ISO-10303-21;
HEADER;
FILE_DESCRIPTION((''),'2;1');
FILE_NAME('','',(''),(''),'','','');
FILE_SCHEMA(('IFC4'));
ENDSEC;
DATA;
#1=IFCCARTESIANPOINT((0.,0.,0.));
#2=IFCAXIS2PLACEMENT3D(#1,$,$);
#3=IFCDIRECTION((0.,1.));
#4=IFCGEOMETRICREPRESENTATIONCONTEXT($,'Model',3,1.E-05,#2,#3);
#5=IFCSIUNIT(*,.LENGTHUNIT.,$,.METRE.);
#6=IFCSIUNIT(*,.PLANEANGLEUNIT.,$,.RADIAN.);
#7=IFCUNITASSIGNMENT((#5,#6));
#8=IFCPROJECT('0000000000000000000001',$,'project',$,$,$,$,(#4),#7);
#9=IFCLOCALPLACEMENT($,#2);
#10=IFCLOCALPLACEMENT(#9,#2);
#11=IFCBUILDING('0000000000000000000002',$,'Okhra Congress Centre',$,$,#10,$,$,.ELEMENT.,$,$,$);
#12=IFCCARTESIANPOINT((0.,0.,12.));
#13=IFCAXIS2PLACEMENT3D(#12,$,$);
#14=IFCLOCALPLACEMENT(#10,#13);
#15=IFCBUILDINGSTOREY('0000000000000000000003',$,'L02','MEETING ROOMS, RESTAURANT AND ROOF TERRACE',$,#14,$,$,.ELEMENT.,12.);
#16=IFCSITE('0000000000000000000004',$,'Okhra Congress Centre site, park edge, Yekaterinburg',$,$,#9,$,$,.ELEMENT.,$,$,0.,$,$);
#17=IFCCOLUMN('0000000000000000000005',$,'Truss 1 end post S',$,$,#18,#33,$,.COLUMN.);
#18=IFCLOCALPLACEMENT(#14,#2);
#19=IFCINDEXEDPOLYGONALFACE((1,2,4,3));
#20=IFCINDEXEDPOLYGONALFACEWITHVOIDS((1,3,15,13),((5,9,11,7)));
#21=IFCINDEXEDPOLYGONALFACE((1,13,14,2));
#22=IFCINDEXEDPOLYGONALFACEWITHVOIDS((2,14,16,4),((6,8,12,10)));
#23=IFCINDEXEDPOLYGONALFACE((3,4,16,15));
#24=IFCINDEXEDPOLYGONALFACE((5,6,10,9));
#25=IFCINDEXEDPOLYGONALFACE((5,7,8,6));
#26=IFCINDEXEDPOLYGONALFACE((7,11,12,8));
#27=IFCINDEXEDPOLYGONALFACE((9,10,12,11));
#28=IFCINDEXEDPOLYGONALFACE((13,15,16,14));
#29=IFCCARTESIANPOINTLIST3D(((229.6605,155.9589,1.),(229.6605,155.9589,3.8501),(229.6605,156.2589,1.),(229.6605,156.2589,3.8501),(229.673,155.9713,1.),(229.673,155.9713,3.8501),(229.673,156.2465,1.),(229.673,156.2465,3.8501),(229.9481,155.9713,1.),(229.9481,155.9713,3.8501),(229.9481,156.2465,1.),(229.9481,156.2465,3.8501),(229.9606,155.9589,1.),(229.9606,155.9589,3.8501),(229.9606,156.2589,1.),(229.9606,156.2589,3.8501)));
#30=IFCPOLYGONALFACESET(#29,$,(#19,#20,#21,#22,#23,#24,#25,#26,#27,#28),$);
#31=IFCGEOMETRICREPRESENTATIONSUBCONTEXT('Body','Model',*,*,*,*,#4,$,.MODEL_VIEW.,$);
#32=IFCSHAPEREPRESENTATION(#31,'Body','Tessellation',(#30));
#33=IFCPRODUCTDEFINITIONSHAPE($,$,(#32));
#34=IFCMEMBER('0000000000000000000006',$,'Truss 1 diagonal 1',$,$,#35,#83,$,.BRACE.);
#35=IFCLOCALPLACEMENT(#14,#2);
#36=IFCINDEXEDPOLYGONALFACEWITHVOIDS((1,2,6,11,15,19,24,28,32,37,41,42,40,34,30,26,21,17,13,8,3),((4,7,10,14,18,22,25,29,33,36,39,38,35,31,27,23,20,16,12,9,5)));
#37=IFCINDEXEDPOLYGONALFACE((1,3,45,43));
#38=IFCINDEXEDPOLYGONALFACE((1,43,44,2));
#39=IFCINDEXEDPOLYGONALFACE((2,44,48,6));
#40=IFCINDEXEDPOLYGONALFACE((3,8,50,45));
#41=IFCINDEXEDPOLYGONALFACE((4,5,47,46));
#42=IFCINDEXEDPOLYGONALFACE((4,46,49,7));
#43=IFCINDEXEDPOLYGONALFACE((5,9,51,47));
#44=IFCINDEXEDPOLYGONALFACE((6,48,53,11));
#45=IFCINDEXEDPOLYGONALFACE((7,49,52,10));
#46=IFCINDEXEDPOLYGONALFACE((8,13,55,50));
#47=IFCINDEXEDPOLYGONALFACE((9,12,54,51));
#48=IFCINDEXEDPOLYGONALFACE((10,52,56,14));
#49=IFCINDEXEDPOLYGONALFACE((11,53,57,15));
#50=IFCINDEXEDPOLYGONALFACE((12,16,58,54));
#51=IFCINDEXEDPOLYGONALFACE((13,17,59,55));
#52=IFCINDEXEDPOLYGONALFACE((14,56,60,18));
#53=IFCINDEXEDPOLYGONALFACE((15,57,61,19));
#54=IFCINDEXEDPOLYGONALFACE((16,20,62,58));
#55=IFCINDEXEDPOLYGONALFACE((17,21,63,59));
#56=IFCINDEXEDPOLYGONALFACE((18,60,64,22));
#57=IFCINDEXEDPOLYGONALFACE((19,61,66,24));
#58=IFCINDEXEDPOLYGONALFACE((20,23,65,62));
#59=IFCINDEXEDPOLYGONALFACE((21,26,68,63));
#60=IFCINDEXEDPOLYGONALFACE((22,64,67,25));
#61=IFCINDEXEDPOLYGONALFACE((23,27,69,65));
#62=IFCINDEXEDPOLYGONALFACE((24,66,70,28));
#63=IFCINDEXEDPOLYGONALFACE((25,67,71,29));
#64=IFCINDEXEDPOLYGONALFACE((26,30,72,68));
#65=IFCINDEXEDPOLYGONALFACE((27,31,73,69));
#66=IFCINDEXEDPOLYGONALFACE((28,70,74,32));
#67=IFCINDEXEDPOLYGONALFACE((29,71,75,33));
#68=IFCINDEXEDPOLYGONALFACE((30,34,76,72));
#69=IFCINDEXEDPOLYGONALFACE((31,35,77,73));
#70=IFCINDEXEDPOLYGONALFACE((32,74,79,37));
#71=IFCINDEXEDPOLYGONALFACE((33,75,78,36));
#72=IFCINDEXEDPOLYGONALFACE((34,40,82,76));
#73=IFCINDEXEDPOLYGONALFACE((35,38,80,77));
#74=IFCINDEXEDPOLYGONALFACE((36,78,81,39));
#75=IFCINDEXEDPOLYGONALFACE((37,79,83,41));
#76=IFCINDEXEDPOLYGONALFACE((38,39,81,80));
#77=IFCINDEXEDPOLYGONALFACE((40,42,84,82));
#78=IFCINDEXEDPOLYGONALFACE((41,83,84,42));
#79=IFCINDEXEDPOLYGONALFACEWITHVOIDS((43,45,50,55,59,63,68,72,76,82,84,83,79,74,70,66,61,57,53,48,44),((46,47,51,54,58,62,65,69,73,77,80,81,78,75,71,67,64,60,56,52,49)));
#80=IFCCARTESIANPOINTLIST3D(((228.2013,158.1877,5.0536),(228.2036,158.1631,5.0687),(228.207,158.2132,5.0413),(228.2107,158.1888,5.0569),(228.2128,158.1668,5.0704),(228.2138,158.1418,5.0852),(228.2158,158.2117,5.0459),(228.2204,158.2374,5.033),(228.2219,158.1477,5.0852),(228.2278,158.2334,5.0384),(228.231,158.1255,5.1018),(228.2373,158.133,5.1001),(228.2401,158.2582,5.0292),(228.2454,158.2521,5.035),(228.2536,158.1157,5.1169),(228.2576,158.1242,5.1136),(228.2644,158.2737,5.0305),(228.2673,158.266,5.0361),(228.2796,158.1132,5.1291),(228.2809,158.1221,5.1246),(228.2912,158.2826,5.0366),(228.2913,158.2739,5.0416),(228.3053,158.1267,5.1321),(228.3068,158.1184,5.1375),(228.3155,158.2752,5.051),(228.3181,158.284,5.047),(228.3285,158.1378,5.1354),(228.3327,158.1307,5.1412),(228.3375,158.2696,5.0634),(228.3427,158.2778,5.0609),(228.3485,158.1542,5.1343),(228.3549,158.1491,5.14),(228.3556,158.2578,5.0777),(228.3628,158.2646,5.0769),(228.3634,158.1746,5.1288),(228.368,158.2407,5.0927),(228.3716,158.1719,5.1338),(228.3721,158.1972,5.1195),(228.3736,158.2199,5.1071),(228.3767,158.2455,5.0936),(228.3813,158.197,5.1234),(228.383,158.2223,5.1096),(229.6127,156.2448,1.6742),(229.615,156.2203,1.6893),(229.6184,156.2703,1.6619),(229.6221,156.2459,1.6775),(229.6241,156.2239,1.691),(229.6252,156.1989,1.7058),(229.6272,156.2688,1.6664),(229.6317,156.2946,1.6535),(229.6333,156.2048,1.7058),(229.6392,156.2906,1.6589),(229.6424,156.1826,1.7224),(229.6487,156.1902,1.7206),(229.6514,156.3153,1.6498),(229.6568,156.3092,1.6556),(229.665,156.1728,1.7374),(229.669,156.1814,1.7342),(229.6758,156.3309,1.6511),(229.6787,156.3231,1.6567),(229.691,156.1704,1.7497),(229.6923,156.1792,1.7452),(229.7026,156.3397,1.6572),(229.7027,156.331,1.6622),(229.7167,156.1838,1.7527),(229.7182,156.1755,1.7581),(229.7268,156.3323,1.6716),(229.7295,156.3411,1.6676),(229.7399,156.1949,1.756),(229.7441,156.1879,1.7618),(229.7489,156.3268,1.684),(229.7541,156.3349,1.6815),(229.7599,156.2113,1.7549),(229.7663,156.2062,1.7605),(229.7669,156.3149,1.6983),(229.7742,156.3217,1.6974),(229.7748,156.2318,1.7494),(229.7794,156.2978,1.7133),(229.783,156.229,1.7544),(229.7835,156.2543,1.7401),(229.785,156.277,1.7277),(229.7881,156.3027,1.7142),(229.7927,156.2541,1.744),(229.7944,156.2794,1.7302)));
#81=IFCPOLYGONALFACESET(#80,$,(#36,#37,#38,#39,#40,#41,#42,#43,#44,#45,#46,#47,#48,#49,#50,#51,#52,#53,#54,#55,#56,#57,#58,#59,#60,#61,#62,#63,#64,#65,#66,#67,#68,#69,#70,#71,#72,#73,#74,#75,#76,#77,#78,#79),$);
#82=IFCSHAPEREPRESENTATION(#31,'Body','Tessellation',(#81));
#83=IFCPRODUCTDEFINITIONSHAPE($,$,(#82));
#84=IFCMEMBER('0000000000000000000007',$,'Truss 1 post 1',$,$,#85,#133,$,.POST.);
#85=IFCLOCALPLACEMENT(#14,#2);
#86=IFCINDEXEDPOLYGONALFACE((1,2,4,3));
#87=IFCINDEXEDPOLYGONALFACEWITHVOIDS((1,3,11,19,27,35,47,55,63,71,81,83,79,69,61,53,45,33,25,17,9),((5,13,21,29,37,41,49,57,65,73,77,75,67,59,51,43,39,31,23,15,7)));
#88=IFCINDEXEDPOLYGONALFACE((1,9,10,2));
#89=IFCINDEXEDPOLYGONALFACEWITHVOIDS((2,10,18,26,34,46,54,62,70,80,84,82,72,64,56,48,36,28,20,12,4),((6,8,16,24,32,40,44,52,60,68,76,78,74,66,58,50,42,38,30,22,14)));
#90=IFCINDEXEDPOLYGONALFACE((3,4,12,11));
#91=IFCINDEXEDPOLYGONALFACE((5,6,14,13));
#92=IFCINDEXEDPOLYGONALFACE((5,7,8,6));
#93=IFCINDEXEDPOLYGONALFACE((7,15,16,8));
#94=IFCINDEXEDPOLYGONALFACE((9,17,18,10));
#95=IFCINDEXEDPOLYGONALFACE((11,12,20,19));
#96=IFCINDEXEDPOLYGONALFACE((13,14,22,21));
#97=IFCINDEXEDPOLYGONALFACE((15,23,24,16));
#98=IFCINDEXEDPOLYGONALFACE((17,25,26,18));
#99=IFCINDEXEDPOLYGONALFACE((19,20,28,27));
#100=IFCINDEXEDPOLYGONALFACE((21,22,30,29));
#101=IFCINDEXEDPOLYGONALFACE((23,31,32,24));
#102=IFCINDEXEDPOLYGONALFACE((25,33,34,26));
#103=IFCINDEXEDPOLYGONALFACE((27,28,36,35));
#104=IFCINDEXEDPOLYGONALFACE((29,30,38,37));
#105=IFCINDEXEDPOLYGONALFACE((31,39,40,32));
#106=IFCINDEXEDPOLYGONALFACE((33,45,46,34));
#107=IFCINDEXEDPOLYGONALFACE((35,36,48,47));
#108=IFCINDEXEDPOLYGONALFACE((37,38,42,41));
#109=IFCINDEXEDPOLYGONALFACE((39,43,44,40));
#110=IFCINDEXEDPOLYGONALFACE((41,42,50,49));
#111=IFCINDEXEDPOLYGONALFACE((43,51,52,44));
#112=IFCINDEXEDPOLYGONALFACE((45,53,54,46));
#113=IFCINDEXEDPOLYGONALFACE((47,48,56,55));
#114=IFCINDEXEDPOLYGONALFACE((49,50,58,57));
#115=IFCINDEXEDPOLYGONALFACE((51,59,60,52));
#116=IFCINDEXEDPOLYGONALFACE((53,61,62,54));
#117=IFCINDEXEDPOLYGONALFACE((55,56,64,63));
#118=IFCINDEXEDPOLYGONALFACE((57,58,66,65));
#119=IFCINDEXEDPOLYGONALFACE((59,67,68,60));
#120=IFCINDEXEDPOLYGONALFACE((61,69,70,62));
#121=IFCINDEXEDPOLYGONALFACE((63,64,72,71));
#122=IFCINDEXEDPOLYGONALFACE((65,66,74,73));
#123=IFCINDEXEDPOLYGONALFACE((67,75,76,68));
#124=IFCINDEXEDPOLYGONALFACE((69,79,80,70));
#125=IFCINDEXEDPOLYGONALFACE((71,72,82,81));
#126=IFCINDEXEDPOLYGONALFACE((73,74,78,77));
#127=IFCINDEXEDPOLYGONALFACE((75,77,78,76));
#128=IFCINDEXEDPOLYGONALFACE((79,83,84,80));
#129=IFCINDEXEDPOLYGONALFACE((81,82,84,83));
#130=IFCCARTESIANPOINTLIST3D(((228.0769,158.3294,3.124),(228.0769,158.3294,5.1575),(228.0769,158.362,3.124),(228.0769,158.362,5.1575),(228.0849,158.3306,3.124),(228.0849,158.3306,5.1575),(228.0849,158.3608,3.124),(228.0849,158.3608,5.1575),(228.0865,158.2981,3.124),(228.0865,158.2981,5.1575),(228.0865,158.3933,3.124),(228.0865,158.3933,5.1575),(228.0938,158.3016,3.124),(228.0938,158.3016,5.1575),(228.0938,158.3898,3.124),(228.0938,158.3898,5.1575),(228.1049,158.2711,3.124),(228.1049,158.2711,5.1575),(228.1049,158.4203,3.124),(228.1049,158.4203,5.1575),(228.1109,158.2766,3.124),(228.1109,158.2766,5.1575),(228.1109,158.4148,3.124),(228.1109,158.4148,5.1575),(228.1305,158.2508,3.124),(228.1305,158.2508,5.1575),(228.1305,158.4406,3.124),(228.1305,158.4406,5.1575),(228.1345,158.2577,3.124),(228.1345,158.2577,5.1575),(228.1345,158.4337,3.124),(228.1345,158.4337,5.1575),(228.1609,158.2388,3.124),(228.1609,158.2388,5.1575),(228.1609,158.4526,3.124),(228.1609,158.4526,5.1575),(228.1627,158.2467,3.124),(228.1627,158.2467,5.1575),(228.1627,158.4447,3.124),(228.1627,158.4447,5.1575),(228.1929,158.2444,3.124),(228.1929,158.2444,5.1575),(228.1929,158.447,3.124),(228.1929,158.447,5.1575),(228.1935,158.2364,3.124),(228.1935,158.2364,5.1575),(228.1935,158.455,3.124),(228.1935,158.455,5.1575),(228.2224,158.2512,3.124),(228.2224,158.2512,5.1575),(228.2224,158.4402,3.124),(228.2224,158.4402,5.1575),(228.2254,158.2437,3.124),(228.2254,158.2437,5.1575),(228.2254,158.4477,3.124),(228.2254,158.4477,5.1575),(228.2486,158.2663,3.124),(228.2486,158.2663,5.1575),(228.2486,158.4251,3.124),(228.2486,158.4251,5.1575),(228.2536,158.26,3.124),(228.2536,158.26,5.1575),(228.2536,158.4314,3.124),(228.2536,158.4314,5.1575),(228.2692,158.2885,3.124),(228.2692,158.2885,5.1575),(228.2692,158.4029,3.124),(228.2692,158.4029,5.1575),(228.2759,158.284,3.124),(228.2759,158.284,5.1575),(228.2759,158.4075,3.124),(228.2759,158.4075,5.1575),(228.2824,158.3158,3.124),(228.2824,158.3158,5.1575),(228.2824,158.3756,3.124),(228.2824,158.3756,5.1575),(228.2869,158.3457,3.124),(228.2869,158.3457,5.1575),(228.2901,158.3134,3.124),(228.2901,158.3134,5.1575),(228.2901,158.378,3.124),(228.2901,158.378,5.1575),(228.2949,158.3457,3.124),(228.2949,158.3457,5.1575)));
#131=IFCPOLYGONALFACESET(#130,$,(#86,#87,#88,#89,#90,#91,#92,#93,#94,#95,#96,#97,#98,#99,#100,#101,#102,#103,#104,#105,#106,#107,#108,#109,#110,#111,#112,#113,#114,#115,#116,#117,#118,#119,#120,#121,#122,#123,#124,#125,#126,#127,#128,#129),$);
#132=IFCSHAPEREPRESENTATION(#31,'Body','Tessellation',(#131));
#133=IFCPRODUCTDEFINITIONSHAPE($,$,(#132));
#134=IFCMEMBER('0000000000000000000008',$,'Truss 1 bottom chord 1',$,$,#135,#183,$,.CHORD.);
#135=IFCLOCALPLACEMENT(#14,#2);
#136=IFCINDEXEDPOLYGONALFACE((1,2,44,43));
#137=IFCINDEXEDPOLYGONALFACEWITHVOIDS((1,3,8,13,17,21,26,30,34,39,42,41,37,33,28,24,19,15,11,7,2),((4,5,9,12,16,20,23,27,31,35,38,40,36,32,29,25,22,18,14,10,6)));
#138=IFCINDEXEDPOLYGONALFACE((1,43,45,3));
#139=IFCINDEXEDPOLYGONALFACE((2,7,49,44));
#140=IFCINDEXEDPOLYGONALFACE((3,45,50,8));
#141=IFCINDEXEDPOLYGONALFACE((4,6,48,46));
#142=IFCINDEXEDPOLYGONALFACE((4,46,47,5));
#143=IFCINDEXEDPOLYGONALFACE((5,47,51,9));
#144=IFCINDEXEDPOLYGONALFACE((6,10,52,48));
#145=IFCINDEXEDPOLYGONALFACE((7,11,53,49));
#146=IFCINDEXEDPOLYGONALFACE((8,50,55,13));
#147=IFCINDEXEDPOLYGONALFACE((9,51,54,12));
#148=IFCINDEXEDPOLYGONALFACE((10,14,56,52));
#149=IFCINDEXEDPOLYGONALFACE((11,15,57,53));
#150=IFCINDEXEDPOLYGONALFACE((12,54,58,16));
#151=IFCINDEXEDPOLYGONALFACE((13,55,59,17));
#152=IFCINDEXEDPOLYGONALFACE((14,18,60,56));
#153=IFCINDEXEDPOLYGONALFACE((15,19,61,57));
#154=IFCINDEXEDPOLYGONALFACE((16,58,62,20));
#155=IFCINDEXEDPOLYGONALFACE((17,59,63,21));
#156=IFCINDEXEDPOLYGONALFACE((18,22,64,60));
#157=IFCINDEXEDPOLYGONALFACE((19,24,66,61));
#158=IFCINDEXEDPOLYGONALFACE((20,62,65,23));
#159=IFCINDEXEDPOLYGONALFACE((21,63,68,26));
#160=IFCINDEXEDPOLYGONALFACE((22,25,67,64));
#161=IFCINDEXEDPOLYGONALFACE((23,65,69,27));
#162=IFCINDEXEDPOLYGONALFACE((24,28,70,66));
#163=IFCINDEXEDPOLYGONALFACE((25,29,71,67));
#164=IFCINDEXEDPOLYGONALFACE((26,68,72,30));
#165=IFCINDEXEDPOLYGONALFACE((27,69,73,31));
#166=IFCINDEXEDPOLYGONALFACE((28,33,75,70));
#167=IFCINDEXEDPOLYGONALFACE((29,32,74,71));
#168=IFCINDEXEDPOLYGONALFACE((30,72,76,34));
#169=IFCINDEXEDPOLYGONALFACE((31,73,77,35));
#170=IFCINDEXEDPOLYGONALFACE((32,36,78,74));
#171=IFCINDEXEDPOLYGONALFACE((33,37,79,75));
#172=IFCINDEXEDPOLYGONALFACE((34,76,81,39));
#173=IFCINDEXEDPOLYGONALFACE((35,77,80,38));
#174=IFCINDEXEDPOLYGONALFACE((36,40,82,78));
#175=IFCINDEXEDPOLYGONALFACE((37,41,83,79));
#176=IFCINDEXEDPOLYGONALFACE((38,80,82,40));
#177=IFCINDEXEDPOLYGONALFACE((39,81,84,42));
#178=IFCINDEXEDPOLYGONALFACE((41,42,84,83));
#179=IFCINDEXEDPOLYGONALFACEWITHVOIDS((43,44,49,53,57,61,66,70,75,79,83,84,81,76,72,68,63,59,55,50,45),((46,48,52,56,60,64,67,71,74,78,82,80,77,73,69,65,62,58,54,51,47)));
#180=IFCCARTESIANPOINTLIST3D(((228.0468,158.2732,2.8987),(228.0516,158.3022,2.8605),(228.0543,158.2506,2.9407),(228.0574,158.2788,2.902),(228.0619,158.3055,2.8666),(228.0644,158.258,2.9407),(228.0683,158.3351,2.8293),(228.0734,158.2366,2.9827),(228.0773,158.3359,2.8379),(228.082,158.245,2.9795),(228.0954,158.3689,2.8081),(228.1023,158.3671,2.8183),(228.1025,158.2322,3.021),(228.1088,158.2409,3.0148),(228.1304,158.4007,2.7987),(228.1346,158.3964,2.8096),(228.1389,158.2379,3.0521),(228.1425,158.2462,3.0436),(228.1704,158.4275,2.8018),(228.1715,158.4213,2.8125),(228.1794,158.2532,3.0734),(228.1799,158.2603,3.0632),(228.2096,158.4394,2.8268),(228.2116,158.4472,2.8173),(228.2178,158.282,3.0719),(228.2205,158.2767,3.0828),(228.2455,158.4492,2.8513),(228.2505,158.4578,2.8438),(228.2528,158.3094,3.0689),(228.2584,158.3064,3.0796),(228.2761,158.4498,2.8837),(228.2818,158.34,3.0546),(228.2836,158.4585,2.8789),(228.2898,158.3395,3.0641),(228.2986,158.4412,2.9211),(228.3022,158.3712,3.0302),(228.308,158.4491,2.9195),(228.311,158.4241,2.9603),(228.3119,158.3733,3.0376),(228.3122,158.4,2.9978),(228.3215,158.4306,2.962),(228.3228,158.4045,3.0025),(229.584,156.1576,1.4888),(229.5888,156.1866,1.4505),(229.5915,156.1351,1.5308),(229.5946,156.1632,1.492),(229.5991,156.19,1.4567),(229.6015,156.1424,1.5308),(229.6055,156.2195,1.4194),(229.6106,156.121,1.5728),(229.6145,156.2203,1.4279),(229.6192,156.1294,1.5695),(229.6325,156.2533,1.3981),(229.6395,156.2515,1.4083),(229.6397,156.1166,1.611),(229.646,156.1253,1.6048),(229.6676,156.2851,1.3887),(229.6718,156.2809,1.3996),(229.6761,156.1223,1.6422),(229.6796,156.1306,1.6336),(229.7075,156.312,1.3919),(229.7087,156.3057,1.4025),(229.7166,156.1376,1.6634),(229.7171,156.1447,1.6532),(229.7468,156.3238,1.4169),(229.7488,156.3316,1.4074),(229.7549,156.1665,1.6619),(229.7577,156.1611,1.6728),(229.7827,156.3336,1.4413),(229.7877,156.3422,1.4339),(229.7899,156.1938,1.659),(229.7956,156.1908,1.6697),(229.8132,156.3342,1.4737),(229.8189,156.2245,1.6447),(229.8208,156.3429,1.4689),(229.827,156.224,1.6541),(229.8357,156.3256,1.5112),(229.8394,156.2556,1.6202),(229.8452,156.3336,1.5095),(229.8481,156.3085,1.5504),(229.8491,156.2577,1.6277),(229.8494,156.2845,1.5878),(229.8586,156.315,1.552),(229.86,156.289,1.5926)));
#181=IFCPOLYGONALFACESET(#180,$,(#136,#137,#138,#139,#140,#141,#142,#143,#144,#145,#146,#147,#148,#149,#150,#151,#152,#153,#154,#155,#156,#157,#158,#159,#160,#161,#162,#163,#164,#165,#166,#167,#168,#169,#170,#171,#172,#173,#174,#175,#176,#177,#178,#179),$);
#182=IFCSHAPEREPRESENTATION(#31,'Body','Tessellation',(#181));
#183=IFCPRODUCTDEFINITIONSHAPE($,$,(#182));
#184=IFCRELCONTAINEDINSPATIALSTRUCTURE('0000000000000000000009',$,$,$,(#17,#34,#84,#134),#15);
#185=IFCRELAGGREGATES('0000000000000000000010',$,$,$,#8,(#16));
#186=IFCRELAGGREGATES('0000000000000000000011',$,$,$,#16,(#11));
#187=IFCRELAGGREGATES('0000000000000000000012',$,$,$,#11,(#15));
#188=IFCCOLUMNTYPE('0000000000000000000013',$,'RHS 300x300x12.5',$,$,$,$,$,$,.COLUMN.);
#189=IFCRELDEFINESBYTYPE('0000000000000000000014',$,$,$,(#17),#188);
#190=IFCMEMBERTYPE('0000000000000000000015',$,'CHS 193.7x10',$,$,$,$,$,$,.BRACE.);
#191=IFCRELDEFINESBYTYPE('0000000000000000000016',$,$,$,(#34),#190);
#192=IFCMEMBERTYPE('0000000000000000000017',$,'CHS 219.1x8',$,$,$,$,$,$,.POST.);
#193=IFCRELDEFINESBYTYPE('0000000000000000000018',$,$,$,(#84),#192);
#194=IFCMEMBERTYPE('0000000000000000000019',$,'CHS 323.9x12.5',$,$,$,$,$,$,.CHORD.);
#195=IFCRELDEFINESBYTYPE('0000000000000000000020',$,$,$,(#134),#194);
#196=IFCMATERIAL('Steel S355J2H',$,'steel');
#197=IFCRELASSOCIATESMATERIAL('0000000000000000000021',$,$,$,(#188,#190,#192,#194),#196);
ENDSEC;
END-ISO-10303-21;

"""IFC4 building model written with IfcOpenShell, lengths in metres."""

from ifc_helpers import new_model, si_unit, direction, frame, origin, origin_2d, place, context, subcontext, project, spatial, hollow_rectangle, hollow_circle, extrude, material, material_profile, profile_set, type_object, element, save


model = new_model("IFC4")

# Units and contexts
model_context = context("Model", 3, precision=1e-05, world=origin(), true_north=direction((0.0, 1.0)))
body_context = subcontext(model_context, "Body", "Model", "MODEL_VIEW")
ifc_project = project(units=[si_unit("LENGTHUNIT", "METRE"), si_unit("PLANEANGLEUNIT", "RADIAN")], contexts=[model_context])

# Site, building, storey
site_placement = place(None, origin())
site = spatial("IfcSite", under=ifc_project, at=site_placement, Name="Okhra Congress Centre site, park edge, Yekaterinburg", CompositionType="ELEMENT", RefElevation=0.0)
building_placement = place(site_placement, origin())
building = spatial("IfcBuilding", under=site, at=building_placement, Name="Okhra Congress Centre", CompositionType="ELEMENT")
storey_placement = place(building_placement, frame((0.0, 0.0, 12.0)))
storey = spatial("IfcBuildingStorey", under=building, at=storey_placement, Name="L02", Description="MEETING ROOMS, RESTAURANT AND ROOF TERRACE", CompositionType="ELEMENT", Elevation=12.0)

# Column
ifc_material_1 = material(Name="Steel S355J2H", Category="steel")
ifc_material_profile_1 = material_profile(ifc_material_1, hollow_rectangle(XDim=0.3, YDim=0.3, WallThickness=0.0125, at=origin_2d()), Name="RHS 300x300x12.5")
ifc_profile_set_1 = profile_set([ifc_material_profile_1], Name="Steel S355J2H")
column_type = type_object("IfcColumnType", Name="RHS 300x300x12.5", PredefinedType="COLUMN", material=ifc_profile_set_1)
column_placement = place(storey_placement, frame((229.8105, 156.1089, 1.0), z_axis=(0.0, 0.0, 1.0), x_axis=(1.0, 0.0, 0.0)))
element("IfcColumn", 1, at=column_placement, inside=storey, type_object=column_type, Name="Truss 1 end post S", PredefinedType="COLUMN", context=body_context, shape_type="SweptSolid", body=[
    extrude(hollow_rectangle(XDim=0.3, YDim=0.3, WallThickness=0.0125, at=origin_2d()), origin(), (0.0, 0.0, 1.0), 2.8501),
])

# Members
ifc_material_profile_2 = material_profile(ifc_material_1, hollow_circle(Radius=0.0969, WallThickness=0.01, at=origin_2d()), Name="CHS 193.7x10")
ifc_profile_set_2 = profile_set([ifc_material_profile_2], Name="Steel S355J2H")
member_type_1 = type_object("IfcMemberType", Name="CHS 193.7x10", PredefinedType="BRACE", material=ifc_profile_set_2)
member_1_placement = place(storey_placement, frame((229.7036, 156.2559, 1.7058), z_axis=(-0.340441, 0.468644, 0.815152), x_axis=(-0.809057, -0.58773, 0.0)))
element("IfcMember", 2, at=member_1_placement, inside=storey, type_object=member_type_1, Name="Truss 1 diagonal 1", PredefinedType="BRACE", context=body_context, shape_type="SweptSolid", body=[
    extrude(hollow_circle(Radius=0.0969, WallThickness=0.01, at=origin_2d()), origin(), (0.0, 0.0, 1.0), 4.1458),
])
ifc_material_profile_3 = material_profile(ifc_material_1, hollow_circle(Radius=0.1096, WallThickness=0.0081, at=origin_2d()), Name="CHS 219.1x8")
ifc_profile_set_3 = profile_set([ifc_material_profile_3], Name="Steel S355J2H")
member_type_2 = type_object("IfcMemberType", Name="CHS 219.1x8", PredefinedType="POST", material=ifc_profile_set_3)
member_2_placement = place(storey_placement, frame((228.1853, 158.3457, 3.124), z_axis=(0.0, 0.0, 1.0), x_axis=(1.0, 0.0, 0.0)))
element("IfcMember", 3, at=member_2_placement, inside=storey, type_object=member_type_2, Name="Truss 1 post 1", PredefinedType="POST", context=body_context, shape_type="SweptSolid", body=[
    extrude(hollow_circle(Radius=0.1096, WallThickness=0.0081, at=origin_2d()), origin(), (0.0, 0.0, 1.0), 2.0334),
])
ifc_material_profile_4 = material_profile(ifc_material_1, hollow_circle(Radius=0.1619, WallThickness=0.0125, at=origin_2d()), Name="CHS 323.9x12.5")
ifc_profile_set_4 = profile_set([ifc_material_profile_4], Name="Steel S355J2H")
member_type_3 = type_object("IfcMemberType", Name="CHS 323.9x12.5", PredefinedType="CHORD", material=ifc_profile_set_4)
for number, where, z_axis, x_axis, name in (
    (4, (229.7224, 156.2302, 1.5308), (-0.517401, 0.712084, 0.474586), (-0.808994, -0.587816, 0.0), "Truss 1 bottom chord 1"),
):
    element("IfcMember", number, at=place(storey_placement, frame(where, z_axis=z_axis, x_axis=x_axis)), inside=storey, type_object=member_type_3, Name=name, PredefinedType="CHORD", context=body_context, shape_type="SweptSolid", body=[
        extrude(hollow_circle(Radius=0.1619, WallThickness=0.0125, at=origin_2d()), origin(), (0.0, 0.0, 1.0), 2.9709),
    ])

save(model, "model.ifc")
